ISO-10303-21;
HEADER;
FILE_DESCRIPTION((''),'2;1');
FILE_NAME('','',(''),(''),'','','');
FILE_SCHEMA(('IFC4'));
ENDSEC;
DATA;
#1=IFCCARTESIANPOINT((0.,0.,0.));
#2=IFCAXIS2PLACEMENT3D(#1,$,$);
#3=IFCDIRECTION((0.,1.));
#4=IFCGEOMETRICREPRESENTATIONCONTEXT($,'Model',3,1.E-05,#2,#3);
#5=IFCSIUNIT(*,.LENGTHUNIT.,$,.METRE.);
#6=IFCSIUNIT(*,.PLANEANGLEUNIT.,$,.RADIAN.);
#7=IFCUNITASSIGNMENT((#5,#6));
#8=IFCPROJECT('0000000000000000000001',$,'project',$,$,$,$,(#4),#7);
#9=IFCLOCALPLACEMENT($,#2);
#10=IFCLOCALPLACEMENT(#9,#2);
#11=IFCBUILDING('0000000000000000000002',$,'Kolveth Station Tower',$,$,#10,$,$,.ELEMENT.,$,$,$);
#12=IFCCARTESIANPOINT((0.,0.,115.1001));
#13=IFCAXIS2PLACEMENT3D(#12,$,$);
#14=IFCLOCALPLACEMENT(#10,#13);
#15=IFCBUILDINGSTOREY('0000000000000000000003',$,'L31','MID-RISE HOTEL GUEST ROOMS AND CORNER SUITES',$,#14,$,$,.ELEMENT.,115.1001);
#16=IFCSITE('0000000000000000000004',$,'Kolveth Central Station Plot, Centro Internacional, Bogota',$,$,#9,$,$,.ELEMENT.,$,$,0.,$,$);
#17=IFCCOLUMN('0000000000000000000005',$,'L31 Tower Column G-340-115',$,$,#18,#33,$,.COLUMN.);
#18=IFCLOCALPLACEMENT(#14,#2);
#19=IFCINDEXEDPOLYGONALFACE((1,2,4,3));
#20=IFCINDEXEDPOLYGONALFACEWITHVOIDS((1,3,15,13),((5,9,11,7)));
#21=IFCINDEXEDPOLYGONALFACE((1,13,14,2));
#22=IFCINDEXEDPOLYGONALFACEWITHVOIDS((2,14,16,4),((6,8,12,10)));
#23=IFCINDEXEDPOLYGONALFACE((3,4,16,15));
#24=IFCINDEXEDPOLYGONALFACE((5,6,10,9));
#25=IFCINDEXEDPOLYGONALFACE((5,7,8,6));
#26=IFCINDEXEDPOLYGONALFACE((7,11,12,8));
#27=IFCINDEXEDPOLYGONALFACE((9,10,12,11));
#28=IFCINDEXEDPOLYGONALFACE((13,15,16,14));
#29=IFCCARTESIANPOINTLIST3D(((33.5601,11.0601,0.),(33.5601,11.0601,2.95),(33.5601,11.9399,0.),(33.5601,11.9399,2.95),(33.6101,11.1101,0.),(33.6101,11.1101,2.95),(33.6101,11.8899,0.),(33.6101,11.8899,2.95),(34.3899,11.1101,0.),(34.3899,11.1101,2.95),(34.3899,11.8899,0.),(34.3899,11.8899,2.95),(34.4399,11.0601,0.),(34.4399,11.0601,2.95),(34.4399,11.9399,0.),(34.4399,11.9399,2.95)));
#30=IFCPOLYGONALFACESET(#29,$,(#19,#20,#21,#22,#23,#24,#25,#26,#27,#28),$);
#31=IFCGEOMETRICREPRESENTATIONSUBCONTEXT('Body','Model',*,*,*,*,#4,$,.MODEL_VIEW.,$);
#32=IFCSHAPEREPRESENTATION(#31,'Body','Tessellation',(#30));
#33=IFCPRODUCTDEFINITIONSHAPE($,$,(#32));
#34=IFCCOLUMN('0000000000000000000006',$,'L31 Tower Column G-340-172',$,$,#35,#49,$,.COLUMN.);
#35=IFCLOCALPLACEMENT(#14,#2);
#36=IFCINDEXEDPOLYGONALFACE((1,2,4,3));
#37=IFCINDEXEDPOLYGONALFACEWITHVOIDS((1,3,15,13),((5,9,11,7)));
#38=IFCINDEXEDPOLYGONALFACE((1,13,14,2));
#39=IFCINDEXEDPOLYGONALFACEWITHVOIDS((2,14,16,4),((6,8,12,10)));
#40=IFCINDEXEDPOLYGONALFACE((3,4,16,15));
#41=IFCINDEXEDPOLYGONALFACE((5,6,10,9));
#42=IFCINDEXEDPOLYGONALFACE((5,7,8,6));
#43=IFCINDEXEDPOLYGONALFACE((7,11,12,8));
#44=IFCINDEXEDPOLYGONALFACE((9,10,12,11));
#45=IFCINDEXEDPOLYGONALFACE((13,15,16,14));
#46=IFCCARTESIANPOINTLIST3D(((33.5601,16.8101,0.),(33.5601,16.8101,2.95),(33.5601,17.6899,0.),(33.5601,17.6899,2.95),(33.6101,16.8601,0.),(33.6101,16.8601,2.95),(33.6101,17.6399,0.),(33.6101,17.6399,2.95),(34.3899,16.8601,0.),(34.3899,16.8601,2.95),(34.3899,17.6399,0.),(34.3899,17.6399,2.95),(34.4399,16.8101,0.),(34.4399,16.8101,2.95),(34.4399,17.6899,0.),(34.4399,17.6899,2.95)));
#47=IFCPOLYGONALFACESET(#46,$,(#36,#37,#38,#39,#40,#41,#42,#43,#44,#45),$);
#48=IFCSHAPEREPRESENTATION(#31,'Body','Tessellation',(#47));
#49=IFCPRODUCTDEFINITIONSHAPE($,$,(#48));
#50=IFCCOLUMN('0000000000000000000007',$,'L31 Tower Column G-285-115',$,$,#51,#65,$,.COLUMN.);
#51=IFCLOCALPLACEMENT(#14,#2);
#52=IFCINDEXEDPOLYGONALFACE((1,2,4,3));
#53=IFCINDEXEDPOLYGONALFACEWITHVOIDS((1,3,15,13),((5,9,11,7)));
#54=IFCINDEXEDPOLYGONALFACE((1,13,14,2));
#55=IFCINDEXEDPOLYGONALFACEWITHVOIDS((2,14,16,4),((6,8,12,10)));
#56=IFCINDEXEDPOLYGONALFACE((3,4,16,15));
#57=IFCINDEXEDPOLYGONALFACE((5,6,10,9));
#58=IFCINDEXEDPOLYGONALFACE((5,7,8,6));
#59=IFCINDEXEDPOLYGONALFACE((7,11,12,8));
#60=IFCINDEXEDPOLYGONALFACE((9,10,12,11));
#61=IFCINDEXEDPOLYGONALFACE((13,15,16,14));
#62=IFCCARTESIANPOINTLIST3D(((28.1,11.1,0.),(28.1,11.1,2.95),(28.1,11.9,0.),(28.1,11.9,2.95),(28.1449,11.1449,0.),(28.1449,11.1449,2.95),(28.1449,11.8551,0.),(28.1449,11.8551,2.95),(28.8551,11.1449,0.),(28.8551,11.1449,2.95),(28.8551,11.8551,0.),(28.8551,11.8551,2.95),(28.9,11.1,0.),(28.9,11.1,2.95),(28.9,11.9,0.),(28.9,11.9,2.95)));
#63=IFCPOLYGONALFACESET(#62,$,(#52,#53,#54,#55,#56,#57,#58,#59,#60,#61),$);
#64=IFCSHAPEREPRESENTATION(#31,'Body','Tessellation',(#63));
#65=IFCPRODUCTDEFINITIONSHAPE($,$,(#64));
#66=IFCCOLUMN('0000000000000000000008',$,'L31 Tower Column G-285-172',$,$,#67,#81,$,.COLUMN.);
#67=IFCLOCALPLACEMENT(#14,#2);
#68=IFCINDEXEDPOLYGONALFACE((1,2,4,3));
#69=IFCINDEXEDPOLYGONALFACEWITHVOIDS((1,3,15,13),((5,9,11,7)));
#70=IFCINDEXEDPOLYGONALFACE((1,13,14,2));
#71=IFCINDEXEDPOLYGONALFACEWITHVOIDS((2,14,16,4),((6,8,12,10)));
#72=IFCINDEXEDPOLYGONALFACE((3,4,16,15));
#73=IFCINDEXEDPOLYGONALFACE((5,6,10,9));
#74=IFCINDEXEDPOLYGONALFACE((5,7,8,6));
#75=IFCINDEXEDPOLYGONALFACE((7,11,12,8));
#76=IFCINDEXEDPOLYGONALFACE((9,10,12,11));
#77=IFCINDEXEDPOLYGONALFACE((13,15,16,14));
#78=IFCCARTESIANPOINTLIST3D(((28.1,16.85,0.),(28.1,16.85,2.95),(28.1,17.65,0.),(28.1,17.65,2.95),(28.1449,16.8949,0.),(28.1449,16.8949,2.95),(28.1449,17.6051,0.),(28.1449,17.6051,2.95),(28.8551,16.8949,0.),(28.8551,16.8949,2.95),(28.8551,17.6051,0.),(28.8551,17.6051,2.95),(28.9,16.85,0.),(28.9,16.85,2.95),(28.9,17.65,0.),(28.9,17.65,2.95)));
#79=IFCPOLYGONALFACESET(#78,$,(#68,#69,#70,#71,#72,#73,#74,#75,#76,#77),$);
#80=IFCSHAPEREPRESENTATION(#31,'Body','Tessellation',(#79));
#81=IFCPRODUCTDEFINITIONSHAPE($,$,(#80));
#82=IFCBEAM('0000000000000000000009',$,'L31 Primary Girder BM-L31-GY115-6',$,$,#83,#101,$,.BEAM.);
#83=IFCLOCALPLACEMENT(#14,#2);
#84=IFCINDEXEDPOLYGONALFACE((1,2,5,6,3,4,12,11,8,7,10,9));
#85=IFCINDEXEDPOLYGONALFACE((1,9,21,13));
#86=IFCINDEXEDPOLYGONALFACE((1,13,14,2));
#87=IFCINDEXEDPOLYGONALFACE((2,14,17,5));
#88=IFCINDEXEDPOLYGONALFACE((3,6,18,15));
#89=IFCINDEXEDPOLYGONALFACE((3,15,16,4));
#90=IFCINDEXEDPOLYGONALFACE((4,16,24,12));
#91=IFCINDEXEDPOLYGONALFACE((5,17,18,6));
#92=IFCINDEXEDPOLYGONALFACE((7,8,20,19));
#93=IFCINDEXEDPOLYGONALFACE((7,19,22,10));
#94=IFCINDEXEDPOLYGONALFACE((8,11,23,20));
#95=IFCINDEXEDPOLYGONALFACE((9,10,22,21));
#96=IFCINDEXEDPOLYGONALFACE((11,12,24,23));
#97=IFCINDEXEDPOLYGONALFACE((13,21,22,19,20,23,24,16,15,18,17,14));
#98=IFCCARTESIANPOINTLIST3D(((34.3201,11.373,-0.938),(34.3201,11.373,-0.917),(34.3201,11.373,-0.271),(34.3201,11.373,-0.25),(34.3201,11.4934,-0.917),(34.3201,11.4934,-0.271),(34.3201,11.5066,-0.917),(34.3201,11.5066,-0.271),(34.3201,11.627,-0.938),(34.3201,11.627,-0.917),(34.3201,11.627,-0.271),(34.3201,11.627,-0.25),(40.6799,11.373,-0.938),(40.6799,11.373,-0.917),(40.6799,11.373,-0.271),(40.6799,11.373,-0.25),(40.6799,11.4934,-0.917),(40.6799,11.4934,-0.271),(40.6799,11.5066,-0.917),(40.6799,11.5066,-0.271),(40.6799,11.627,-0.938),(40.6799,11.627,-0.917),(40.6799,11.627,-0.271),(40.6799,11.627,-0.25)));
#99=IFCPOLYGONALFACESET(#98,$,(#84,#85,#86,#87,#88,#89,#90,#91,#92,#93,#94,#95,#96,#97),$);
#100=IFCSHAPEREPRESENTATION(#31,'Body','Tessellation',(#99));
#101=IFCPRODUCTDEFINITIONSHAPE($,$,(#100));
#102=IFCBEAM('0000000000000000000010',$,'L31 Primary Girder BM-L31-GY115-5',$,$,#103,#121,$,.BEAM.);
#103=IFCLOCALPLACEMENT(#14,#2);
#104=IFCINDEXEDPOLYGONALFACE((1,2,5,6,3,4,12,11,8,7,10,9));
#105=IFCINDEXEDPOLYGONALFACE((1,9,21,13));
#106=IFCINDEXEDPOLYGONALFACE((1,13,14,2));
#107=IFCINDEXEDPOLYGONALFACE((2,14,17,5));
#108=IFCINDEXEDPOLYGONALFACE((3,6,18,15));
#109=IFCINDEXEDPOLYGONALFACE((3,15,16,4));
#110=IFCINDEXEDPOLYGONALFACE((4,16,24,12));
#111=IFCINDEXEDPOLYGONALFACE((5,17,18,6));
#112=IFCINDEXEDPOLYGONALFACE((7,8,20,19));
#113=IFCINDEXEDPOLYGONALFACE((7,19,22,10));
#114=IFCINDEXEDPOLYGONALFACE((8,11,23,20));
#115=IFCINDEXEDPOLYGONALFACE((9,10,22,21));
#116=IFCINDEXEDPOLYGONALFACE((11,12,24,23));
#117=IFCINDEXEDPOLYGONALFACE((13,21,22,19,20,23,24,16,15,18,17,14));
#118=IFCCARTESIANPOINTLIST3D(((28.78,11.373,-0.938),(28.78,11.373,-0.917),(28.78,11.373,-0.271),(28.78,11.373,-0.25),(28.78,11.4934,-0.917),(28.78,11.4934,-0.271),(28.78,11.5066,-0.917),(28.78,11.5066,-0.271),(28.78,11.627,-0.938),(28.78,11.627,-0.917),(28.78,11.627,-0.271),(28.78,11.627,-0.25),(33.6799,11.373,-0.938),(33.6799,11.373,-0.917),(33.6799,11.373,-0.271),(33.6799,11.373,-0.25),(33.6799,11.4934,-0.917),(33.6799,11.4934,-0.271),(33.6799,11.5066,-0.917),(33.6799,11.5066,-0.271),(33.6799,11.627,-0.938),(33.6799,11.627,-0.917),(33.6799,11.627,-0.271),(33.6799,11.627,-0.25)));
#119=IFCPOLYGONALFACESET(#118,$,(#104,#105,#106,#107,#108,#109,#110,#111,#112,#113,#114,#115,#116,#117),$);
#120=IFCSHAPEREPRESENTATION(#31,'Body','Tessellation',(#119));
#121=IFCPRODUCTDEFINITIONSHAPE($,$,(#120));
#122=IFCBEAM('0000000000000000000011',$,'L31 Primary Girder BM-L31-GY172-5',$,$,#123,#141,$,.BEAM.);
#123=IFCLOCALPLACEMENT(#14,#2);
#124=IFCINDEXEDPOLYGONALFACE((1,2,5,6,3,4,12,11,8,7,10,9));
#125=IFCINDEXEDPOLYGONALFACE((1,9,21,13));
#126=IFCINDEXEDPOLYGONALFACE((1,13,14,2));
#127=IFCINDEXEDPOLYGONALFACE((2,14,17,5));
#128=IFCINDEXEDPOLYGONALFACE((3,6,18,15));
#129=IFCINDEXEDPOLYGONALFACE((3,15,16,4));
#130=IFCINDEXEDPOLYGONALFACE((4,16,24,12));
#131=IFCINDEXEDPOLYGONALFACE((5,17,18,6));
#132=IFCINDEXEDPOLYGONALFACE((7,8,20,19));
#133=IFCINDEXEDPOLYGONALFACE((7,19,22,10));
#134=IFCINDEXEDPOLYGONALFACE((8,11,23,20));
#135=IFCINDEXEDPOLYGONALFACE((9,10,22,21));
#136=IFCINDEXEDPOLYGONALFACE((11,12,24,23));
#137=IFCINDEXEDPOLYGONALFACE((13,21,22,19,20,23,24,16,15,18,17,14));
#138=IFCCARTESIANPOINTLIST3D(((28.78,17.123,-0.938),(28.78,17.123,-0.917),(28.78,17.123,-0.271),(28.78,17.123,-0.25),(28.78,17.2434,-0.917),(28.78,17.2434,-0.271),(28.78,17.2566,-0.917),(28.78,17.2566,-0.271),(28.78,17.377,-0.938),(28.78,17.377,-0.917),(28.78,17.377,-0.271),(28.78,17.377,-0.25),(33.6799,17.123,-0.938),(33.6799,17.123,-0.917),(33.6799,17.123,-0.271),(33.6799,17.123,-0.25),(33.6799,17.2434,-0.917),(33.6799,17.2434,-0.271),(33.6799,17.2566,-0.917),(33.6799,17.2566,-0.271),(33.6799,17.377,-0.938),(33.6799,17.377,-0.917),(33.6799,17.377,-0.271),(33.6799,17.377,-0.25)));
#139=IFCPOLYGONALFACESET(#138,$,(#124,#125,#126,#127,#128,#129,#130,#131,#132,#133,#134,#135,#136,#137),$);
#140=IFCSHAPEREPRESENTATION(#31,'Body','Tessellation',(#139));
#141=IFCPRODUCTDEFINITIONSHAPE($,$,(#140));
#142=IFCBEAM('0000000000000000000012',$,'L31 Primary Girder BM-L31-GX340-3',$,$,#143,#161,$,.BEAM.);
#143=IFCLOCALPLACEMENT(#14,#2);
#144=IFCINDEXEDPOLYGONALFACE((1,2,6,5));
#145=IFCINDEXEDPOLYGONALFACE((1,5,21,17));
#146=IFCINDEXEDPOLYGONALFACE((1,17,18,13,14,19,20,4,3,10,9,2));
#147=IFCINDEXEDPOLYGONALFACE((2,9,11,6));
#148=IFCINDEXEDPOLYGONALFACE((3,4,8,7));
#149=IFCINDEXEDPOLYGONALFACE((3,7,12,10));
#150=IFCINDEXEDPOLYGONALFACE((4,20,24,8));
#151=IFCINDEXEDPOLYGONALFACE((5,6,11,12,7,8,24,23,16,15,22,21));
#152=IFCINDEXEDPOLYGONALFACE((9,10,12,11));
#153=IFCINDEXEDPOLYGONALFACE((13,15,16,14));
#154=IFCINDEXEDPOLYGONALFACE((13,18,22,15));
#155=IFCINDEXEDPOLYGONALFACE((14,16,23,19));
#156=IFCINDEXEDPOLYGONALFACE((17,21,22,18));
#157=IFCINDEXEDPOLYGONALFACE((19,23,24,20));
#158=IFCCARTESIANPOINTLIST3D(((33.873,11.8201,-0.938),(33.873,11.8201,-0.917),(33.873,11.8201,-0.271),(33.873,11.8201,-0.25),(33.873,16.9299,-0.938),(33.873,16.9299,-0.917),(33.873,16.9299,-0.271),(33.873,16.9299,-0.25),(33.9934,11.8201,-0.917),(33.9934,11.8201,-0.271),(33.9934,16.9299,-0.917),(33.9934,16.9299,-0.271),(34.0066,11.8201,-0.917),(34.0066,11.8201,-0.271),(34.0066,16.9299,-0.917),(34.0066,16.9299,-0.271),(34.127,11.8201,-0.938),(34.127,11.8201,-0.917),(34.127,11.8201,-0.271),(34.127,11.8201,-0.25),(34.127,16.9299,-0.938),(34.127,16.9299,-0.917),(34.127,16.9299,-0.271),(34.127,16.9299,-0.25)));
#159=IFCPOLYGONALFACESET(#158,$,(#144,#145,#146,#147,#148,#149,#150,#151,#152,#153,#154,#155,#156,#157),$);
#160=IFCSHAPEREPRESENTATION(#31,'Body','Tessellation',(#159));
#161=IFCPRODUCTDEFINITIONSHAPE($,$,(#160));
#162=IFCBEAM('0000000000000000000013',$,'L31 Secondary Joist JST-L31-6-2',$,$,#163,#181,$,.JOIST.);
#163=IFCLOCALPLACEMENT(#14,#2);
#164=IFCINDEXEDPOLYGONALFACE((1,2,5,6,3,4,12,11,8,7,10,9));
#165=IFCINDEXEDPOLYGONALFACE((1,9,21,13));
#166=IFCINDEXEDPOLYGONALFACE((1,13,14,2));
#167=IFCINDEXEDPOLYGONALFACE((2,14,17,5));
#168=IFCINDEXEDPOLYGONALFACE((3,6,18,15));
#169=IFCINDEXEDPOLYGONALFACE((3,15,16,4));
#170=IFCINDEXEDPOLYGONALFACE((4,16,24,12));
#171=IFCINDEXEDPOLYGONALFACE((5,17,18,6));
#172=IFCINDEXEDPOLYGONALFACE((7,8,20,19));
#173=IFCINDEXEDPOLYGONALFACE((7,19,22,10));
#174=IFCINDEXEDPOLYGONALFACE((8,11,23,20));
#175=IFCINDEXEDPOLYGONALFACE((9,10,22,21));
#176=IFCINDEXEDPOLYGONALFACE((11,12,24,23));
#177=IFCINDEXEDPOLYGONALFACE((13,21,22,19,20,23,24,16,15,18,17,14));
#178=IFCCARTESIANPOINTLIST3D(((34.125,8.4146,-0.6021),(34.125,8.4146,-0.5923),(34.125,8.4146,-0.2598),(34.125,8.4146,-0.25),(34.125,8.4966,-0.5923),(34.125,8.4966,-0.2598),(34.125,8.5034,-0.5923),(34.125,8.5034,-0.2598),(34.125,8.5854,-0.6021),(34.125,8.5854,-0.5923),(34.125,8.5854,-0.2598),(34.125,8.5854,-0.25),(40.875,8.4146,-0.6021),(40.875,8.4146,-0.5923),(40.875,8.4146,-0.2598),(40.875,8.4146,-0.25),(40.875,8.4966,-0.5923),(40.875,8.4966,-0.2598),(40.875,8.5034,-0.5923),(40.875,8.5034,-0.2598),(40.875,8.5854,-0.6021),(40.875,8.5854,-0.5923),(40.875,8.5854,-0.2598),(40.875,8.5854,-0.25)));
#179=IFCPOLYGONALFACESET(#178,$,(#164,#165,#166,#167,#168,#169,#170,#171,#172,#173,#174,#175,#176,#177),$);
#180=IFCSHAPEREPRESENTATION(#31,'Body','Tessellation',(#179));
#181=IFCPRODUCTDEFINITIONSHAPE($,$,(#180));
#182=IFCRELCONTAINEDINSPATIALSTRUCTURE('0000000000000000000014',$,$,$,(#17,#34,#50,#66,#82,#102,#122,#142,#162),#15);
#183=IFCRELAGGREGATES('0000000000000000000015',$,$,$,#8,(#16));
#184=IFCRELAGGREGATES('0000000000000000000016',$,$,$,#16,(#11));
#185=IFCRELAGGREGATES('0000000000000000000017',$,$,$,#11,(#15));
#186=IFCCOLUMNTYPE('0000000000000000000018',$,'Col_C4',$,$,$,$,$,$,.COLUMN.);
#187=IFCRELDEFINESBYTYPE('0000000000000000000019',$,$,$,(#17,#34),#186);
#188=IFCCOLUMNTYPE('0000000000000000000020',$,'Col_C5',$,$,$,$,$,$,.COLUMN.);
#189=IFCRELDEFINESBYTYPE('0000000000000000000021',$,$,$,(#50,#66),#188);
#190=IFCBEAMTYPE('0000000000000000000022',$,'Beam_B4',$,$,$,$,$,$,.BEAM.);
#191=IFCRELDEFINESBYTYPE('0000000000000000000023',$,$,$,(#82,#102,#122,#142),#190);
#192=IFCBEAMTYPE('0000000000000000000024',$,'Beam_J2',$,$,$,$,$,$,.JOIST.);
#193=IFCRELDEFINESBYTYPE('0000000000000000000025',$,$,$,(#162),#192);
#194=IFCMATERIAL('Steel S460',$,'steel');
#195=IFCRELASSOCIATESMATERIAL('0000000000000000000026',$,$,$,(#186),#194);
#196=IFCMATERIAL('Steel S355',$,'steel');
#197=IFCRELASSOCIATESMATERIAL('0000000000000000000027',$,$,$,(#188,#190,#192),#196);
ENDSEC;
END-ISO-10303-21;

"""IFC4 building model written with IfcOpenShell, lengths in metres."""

from ifc_helpers import new_model, si_unit, direction, frame, origin, origin_2d, place, context, subcontext, project, spatial, hollow_rectangle, i_section, extrude, source, transform, mapped, material, material_profile, profile_set, type_object, element, save


model = new_model("IFC4")

# Units and contexts
model_context = context("Model", 3, precision=1e-05, world=origin(), true_north=direction((0.0, 1.0)))
body_context = subcontext(model_context, "Body", "Model", "MODEL_VIEW")
ifc_project = project(units=[si_unit("LENGTHUNIT", "METRE"), si_unit("PLANEANGLEUNIT", "RADIAN")], contexts=[model_context])

# Site, building, storey
site_placement = place(None, origin())
site = spatial("IfcSite", under=ifc_project, at=site_placement, Name="Kolveth Central Station Plot, Centro Internacional, Bogota", CompositionType="ELEMENT", RefElevation=0.0)
building_placement = place(site_placement, origin())
building = spatial("IfcBuilding", under=site, at=building_placement, Name="Kolveth Station Tower", CompositionType="ELEMENT")
storey_placement = place(building_placement, frame((0.0, 0.0, 115.1001)))
storey = spatial("IfcBuildingStorey", under=building, at=storey_placement, Name="L31", Description="MID-RISE HOTEL GUEST ROOMS AND CORNER SUITES", CompositionType="ELEMENT", Elevation=115.1001)

# Columns
ifc_material_1 = material(Name="Steel S460", Category="steel")
ifc_material_profile_1 = material_profile(ifc_material_1, hollow_rectangle(XDim=0.8799, YDim=0.8799, WallThickness=0.05, at=origin_2d()), Name="BOX880x880x50")
ifc_profile_set_1 = profile_set([ifc_material_profile_1], Name="Steel S460")
column_type_1 = type_object("IfcColumnType", Name="Col_C4", PredefinedType="COLUMN", material=ifc_profile_set_1)
shared_shape_1 = source(origin(), body_context, "Body", "SweptSolid", [
    extrude(hollow_rectangle(XDim=0.8799, YDim=0.8799, WallThickness=0.05, at=origin_2d()), origin(), (0.0, 0.0, 1.0), 2.95),
])
for number, where, z_axis, x_axis, name in (
    (1, (34.0, 11.5, 0.0), (0.0, 0.0, 1.0), (1.0, 0.0, 0.0), "L31 Tower Column G-340-115"),
    (2, (34.0, 17.25, 0.0), (0.0, 0.0, 1.0), (1.0, 0.0, 0.0), "L31 Tower Column G-340-172"),
):
    element("IfcColumn", number, at=place(storey_placement, frame(where, z_axis=z_axis, x_axis=x_axis)), inside=storey, type_object=column_type_1, Name=name, PredefinedType="COLUMN", context=body_context, shape_type="MappedRepresentation", body=[
        mapped(shared_shape_1, transform((0.0, 0.0, 0.0), x_axis=(1.0, 0.0, 0.0), y_axis=(0.0, 1.0, 0.0), z_axis=(0.0, 0.0, 1.0), scale=1.0)),
    ])
ifc_material_2 = material(Name="Steel S355", Category="steel")
ifc_material_profile_2 = material_profile(ifc_material_2, hollow_rectangle(XDim=0.8, YDim=0.8, WallThickness=0.0449, at=origin_2d()), Name="BOX800x800x45")
ifc_profile_set_2 = profile_set([ifc_material_profile_2], Name="Steel S355")
column_type_2 = type_object("IfcColumnType", Name="Col_C5", PredefinedType="COLUMN", material=ifc_profile_set_2)
shared_shape_2 = source(origin(), body_context, "Body", "SweptSolid", [
    extrude(hollow_rectangle(XDim=0.8, YDim=0.8, WallThickness=0.0449, at=origin_2d()), origin(), (0.0, 0.0, 1.0), 2.95),
])
for number, where, z_axis, x_axis, name in (
    (3, (28.5, 11.5, 0.0), (0.0, 0.0, 1.0), (1.0, 0.0, 0.0), "L31 Tower Column G-285-115"),
    (4, (28.5, 17.25, 0.0), (0.0, 0.0, 1.0), (1.0, 0.0, 0.0), "L31 Tower Column G-285-172"),
):
    element("IfcColumn", number, at=place(storey_placement, frame(where, z_axis=z_axis, x_axis=x_axis)), inside=storey, type_object=column_type_2, Name=name, PredefinedType="COLUMN", context=body_context, shape_type="MappedRepresentation", body=[
        mapped(shared_shape_2, transform((0.0, 0.0, 0.0), x_axis=(1.0, 0.0, 0.0), y_axis=(0.0, 1.0, 0.0), z_axis=(0.0, 0.0, 1.0), scale=1.0)),
    ])

# Beams
ifc_material_profile_3 = material_profile(ifc_material_2, i_section(OverallWidth=0.2539, OverallDepth=0.688, WebThickness=0.0132, FlangeThickness=0.021, at=origin_2d()), Name="W690x152")
ifc_profile_set_3 = profile_set([ifc_material_profile_3], Name="Steel S355")
beam_type_1 = type_object("IfcBeamType", Name="Beam_B4", PredefinedType="BEAM", material=ifc_profile_set_3)
shared_shape_3 = source(origin(), body_context, "Body", "SweptSolid", [
    extrude(i_section(OverallWidth=0.2539, OverallDepth=0.688, WebThickness=0.0132, FlangeThickness=0.021, at=origin_2d()), origin(), (0.0, 0.0, 1.0), 6.3599),
])
beam_1_placement = place(storey_placement, frame((34.3201, 11.5, -0.594), z_axis=(1.0, 0.0, 0.0), x_axis=(0.0, 1.0, 0.0)))
element("IfcBeam", 5, at=beam_1_placement, inside=storey, type_object=beam_type_1, Name="L31 Primary Girder BM-L31-GY115-6", PredefinedType="BEAM", context=body_context, shape_type="MappedRepresentation", body=[
    mapped(shared_shape_3, transform((0.0, 0.0, 0.0), x_axis=(1.0, 0.0, 0.0), y_axis=(0.0, 1.0, 0.0), z_axis=(0.0, 0.0, 1.0), scale=1.0)),
])
shared_shape_4 = source(origin(), body_context, "Body", "SweptSolid", [
    extrude(i_section(OverallWidth=0.2539, OverallDepth=0.688, WebThickness=0.0132, FlangeThickness=0.021, at=origin_2d()), origin(), (0.0, 0.0, 1.0), 4.8999),
])
for number, where, z_axis, x_axis, name in (
    (6, (28.78, 11.5, -0.594), (1.0, 0.0, 0.0), (0.0, 1.0, 0.0), "L31 Primary Girder BM-L31-GY115-5"),
    (7, (28.78, 17.25, -0.594), (1.0, 0.0, 0.0), (0.0, 1.0, 0.0), "L31 Primary Girder BM-L31-GY172-5"),
):
    element("IfcBeam", number, at=place(storey_placement, frame(where, z_axis=z_axis, x_axis=x_axis)), inside=storey, type_object=beam_type_1, Name=name, PredefinedType="BEAM", context=body_context, shape_type="MappedRepresentation", body=[
        mapped(shared_shape_4, transform((0.0, 0.0, 0.0), x_axis=(1.0, 0.0, 0.0), y_axis=(0.0, 1.0, 0.0), z_axis=(0.0, 0.0, 1.0), scale=1.0)),
    ])
shared_shape_5 = source(origin(), body_context, "Body", "SweptSolid", [
    extrude(i_section(OverallWidth=0.2539, OverallDepth=0.688, WebThickness=0.0132, FlangeThickness=0.021, at=origin_2d()), origin(), (0.0, 0.0, 1.0), 5.1099),
])
beam_2_placement = place(storey_placement, frame((34.0, 11.8201, -0.594), z_axis=(0.0, 1.0, 0.0), x_axis=(-1.0, 0.0, 0.0)))
element("IfcBeam", 8, at=beam_2_placement, inside=storey, type_object=beam_type_1, Name="L31 Primary Girder BM-L31-GX340-3", PredefinedType="BEAM", context=body_context, shape_type="MappedRepresentation", body=[
    mapped(shared_shape_5, transform((0.0, 0.0, 0.0), x_axis=(1.0, 0.0, 0.0), y_axis=(0.0, 1.0, 0.0), z_axis=(0.0, 0.0, 1.0), scale=1.0)),
])
ifc_material_profile_4 = material_profile(ifc_material_2, i_section(OverallWidth=0.1709, OverallDepth=0.3521, WebThickness=0.0068, FlangeThickness=0.0098, at=origin_2d()), Name="W360x44")
ifc_profile_set_4 = profile_set([ifc_material_profile_4], Name="Steel S355")
beam_type_2 = type_object("IfcBeamType", Name="Beam_J2", PredefinedType="JOIST", material=ifc_profile_set_4)
shared_shape_6 = source(origin(), body_context, "Body", "SweptSolid", [
    extrude(i_section(OverallWidth=0.1709, OverallDepth=0.3521, WebThickness=0.0068, FlangeThickness=0.0098, at=origin_2d()), origin(), (0.0, 0.0, 1.0), 6.75),
])
for number, where, z_axis, x_axis, name in (
    (9, (34.125, 8.5, -0.426), (1.0, 0.0, 0.0), (0.0, 1.0, 0.0), "L31 Secondary Joist JST-L31-6-2"),
):
    element("IfcBeam", number, at=place(storey_placement, frame(where, z_axis=z_axis, x_axis=x_axis)), inside=storey, type_object=beam_type_2, Name=name, PredefinedType="JOIST", context=body_context, shape_type="MappedRepresentation", body=[
        mapped(shared_shape_6, transform((0.0, 0.0, 0.0), x_axis=(1.0, 0.0, 0.0), y_axis=(0.0, 1.0, 0.0), z_axis=(0.0, 0.0, 1.0), scale=1.0)),
    ])

save(model, "model.ifc")
